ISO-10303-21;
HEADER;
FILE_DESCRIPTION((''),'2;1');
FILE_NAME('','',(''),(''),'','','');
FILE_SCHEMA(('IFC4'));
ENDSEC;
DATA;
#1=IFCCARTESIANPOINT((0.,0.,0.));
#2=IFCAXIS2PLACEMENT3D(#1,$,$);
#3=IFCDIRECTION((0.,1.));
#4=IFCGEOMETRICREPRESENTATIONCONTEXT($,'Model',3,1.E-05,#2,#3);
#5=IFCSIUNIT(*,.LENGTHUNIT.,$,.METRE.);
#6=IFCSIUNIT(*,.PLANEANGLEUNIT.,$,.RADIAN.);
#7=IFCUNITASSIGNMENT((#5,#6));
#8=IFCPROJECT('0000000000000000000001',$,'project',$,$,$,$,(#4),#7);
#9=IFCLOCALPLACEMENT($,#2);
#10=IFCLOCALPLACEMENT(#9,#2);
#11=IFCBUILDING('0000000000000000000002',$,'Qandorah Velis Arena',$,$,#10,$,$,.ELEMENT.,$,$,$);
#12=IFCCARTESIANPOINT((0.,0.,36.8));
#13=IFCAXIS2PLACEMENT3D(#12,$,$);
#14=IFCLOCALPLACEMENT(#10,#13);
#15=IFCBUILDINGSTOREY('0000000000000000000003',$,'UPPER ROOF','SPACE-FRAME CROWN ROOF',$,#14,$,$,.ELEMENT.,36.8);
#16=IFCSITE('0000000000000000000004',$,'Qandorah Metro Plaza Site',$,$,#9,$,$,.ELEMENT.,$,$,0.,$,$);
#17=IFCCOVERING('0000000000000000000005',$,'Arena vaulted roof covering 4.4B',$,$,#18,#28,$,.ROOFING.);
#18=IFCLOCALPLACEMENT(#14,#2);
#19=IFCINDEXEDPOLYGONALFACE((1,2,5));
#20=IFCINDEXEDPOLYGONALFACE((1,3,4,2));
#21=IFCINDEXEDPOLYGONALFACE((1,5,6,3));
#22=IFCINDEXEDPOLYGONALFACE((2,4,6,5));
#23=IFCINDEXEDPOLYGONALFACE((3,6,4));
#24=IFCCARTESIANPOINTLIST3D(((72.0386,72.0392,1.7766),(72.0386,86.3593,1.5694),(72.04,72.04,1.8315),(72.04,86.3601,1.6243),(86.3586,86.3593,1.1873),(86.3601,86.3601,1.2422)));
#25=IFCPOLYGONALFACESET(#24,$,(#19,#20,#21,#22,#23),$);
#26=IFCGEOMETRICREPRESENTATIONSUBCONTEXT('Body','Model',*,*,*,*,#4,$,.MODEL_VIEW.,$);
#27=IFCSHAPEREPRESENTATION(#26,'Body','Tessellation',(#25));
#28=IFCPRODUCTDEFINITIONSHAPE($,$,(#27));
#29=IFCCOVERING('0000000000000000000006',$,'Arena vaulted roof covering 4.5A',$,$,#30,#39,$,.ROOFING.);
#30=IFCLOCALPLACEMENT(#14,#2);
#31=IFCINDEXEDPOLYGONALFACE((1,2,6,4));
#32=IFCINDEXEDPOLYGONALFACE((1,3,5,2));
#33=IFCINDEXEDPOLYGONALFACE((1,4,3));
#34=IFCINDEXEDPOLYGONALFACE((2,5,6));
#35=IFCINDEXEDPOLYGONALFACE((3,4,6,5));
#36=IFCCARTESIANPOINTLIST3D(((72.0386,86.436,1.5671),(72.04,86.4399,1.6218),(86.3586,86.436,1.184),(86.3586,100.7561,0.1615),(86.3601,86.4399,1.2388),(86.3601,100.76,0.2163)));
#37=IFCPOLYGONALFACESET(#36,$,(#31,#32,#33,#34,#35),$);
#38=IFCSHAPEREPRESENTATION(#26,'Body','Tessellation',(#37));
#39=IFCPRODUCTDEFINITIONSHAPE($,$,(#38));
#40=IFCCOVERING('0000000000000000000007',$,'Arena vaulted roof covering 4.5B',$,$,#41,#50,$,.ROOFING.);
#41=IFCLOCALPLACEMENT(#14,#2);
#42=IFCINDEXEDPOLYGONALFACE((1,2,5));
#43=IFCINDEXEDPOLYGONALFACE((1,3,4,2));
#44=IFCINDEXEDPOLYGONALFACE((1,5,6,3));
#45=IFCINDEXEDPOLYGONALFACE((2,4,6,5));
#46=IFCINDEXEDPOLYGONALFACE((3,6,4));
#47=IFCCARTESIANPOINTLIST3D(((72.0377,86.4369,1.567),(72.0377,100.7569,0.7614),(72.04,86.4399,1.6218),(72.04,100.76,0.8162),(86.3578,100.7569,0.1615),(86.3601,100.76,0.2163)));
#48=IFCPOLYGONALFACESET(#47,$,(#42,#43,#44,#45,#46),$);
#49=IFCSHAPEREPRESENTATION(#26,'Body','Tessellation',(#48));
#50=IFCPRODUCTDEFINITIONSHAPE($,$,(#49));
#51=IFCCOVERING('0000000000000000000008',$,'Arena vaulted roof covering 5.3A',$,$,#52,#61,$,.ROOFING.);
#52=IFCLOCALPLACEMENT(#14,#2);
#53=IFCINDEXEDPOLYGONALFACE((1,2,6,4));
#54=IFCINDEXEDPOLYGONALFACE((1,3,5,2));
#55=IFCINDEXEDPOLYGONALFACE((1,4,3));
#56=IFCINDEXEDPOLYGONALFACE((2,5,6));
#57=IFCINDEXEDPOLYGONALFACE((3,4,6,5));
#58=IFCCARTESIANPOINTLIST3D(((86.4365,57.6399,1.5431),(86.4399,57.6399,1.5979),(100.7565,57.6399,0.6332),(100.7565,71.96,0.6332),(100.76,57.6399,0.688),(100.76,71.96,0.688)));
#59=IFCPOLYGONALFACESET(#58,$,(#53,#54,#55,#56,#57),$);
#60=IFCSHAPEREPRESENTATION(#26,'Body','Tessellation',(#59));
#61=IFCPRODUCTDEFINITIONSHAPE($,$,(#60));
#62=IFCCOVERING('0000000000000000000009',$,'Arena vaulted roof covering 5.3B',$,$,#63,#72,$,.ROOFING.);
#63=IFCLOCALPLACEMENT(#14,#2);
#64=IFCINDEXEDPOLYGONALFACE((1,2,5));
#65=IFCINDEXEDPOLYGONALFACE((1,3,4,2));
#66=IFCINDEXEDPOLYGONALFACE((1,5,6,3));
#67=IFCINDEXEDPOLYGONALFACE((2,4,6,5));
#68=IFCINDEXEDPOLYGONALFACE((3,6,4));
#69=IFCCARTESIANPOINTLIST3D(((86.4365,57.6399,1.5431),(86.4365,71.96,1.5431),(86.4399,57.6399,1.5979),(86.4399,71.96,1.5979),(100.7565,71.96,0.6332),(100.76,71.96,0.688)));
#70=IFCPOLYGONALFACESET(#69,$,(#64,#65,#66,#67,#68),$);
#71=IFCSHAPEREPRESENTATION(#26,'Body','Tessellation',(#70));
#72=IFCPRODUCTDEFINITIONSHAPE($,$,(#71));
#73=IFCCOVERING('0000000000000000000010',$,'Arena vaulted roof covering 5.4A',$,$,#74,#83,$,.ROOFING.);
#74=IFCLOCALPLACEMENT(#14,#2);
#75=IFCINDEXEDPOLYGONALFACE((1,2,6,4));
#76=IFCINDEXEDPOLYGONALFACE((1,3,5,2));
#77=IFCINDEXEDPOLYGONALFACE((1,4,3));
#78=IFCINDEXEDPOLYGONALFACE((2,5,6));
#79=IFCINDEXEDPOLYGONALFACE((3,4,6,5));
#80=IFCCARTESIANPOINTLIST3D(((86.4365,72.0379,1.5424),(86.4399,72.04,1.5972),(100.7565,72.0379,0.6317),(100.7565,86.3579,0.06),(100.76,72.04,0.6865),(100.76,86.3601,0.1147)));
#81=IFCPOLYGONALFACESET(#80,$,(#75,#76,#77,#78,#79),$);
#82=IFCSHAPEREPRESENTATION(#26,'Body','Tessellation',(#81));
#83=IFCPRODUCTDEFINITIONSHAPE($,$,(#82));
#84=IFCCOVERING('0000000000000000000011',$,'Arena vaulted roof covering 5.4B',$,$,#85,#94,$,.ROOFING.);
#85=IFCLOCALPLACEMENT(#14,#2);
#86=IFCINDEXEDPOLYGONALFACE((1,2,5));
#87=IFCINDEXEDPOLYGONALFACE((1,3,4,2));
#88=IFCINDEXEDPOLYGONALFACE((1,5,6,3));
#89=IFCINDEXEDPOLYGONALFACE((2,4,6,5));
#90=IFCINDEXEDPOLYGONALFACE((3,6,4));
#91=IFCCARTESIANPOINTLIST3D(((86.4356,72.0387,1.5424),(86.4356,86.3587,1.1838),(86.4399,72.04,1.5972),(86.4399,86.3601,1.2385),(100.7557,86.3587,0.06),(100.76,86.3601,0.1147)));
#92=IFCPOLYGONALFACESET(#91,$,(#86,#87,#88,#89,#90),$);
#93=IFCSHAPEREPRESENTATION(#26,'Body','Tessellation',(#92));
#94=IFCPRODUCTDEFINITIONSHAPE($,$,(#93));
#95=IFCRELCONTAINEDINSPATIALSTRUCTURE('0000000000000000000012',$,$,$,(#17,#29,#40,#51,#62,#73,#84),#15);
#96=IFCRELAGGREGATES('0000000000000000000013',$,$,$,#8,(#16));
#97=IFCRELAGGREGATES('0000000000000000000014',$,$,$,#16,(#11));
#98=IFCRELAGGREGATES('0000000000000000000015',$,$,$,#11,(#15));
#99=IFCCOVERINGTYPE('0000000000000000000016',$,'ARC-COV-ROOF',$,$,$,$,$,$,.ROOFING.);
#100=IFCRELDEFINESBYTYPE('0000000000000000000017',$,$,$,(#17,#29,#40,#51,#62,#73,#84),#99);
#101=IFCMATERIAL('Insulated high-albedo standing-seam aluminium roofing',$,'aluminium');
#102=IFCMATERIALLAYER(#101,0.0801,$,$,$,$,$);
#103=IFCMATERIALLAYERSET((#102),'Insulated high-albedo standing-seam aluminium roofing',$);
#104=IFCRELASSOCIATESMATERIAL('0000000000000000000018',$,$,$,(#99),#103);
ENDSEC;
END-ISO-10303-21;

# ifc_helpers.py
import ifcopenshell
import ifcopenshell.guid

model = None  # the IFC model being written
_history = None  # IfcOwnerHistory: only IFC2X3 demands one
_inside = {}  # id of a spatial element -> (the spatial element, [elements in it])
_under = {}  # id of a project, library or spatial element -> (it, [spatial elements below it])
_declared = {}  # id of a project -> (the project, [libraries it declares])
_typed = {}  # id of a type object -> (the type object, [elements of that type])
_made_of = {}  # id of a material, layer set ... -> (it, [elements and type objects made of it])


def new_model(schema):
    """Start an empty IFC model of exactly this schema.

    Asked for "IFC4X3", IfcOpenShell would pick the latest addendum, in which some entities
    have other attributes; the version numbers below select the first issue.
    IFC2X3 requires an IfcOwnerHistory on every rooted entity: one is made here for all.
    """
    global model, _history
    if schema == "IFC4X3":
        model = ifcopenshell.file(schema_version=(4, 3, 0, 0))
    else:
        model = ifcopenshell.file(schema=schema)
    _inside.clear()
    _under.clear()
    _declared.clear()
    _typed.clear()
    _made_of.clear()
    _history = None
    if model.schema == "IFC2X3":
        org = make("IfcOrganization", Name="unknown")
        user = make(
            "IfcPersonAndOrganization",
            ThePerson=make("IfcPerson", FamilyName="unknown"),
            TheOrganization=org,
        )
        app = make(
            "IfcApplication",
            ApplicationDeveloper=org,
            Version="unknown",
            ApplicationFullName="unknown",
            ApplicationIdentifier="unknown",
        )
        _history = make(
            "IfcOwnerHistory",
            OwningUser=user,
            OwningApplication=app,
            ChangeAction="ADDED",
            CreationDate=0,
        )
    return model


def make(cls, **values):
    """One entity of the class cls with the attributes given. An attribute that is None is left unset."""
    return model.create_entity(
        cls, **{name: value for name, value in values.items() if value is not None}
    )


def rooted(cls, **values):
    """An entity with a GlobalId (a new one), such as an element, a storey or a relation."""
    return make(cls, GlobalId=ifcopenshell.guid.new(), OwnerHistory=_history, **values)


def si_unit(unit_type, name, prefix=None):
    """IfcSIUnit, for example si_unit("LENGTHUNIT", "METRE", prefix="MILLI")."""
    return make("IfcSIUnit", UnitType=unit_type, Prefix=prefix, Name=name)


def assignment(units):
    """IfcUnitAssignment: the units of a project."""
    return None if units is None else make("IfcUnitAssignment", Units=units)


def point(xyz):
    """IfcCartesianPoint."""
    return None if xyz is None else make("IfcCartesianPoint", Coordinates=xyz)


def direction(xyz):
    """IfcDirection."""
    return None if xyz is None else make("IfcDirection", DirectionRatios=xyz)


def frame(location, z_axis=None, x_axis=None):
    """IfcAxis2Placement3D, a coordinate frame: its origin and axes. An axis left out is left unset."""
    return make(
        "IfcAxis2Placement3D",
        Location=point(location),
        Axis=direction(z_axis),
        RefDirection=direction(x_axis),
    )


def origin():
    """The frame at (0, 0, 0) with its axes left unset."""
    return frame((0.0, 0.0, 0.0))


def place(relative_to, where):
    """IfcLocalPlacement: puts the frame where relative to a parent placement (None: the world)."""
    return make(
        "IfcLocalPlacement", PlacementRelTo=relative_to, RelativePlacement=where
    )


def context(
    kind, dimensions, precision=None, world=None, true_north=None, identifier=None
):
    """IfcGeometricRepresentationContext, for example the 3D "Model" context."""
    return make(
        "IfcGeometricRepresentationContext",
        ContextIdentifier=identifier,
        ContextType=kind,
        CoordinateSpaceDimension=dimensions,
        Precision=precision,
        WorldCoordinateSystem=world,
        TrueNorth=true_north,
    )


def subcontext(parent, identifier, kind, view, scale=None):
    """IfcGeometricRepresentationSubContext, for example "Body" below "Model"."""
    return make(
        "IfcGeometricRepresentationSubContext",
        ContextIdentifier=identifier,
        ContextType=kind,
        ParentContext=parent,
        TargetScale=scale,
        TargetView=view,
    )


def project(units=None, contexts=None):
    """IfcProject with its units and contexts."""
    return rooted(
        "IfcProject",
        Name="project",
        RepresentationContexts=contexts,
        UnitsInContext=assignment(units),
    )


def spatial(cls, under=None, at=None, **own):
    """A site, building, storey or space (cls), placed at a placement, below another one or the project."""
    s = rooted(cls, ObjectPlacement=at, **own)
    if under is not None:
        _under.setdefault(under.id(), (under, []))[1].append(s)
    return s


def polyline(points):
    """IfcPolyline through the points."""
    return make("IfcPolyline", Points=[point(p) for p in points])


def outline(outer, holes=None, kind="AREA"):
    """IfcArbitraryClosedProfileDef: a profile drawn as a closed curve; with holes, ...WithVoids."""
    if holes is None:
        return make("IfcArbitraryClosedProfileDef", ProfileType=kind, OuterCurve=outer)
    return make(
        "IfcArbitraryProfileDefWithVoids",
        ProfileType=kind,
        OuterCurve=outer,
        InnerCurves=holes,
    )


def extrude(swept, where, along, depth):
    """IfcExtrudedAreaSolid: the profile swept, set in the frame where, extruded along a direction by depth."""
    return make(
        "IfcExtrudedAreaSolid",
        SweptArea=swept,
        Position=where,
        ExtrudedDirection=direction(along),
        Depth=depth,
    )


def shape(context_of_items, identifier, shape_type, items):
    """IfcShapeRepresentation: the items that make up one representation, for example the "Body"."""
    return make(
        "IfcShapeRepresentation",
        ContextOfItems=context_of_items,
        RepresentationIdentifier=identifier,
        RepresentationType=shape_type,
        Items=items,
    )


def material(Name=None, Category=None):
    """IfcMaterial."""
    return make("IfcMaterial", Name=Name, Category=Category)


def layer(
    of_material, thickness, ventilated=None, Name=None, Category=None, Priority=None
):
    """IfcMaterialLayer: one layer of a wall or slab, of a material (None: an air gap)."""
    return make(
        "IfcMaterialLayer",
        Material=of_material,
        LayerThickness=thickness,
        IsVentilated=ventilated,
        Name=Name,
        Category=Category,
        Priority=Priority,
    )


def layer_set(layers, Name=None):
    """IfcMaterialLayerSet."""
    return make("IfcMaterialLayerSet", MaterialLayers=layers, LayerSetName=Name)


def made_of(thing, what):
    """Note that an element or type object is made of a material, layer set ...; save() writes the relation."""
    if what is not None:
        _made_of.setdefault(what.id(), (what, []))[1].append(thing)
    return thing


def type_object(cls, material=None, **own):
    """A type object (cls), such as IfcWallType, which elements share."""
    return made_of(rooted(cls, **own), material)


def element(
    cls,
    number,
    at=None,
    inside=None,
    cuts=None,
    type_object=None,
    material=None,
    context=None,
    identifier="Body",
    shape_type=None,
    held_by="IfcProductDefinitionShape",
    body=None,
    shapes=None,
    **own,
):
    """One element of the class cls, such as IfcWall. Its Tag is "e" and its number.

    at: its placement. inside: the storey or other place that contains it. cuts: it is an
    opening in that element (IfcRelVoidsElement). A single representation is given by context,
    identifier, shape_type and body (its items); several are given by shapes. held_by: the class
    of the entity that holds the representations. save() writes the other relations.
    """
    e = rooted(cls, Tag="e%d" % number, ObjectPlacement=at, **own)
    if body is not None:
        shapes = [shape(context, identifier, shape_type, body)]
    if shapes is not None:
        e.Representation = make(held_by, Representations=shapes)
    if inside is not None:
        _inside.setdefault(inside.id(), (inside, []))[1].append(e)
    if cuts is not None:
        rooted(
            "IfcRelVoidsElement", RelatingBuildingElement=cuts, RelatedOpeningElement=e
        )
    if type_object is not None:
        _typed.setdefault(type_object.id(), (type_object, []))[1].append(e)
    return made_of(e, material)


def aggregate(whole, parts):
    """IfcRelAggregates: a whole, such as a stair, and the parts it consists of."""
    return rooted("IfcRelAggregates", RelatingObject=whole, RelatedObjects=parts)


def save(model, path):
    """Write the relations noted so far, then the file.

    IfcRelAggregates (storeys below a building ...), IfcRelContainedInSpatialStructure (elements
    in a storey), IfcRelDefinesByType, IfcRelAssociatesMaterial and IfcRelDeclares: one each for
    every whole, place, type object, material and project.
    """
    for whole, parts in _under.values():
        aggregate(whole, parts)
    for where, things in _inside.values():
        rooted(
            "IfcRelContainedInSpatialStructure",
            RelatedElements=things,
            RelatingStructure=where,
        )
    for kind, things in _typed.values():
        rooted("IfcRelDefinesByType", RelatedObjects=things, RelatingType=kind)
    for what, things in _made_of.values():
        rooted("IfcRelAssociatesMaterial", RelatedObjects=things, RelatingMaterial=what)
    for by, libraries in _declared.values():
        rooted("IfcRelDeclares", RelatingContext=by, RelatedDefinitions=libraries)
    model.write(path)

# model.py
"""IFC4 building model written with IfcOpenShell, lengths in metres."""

from ifc_helpers import new_model, si_unit, direction, frame, origin, place, context, subcontext, project, spatial, polyline, outline, extrude, material, layer, layer_set, type_object, element, save


model = new_model("IFC4")

# Units and contexts
model_context = context("Model", 3, precision=1e-05, world=origin(), true_north=direction((0.0, 1.0)))
body_context = subcontext(model_context, "Body", "Model", "MODEL_VIEW")
ifc_project = project(units=[si_unit("LENGTHUNIT", "METRE"), si_unit("PLANEANGLEUNIT", "RADIAN")], contexts=[model_context])

# Site, building, storey
site_placement = place(None, origin())
site = spatial("IfcSite", under=ifc_project, at=site_placement, Name="Qandorah Metro Plaza Site", CompositionType="ELEMENT", RefElevation=0.0)
building_placement = place(site_placement, origin())
building = spatial("IfcBuilding", under=site, at=building_placement, Name="Qandorah Velis Arena", CompositionType="ELEMENT")
storey_placement = place(building_placement, frame((0.0, 0.0, 36.8)))
storey = spatial("IfcBuildingStorey", under=building, at=storey_placement, Name="UPPER ROOF", Description="SPACE-FRAME CROWN ROOF", CompositionType="ELEMENT", Elevation=36.8)

# Coverings
ifc_material_1 = material(Name="Insulated high-albedo standing-seam aluminium roofing", Category="aluminium")
ifc_layer_1 = layer(ifc_material_1, 0.0801)
ifc_layer_set_1 = layer_set([ifc_layer_1], Name="Insulated high-albedo standing-seam aluminium roofing")
covering_type = type_object("IfcCoveringType", Name="ARC-COV-ROOF", PredefinedType="ROOFING", material=ifc_layer_set_1)
covering_1_placement = place(storey_placement, frame((72.04, 72.04, 1.8315), z_axis=(0.026669, 0.014468, 0.99954), x_axis=(0.706808, 0.706808, -0.029089)))
element("IfcCovering", 1, at=covering_1_placement, inside=storey, type_object=covering_type, Name="Arena vaulted roof covering 4.4B", PredefinedType="ROOFING", context=body_context, shape_type="SweptSolid", body=[
    extrude(outline(polyline([(0.0, 0.0), (20.2602, 0.0), (10.1276, 10.1262), (0.0, 0.0)])), origin(), (0.0, 0.0, -1.0), 0.0549),
])
covering_2_placement = place(storey_placement, frame((72.04, 86.4399, 1.6218), z_axis=(0.026672, 0.071194, 0.997106), x_axis=(0.999642, 0.0, -0.02674)))
element("IfcCovering", 2, at=covering_2_placement, inside=storey, type_object=covering_type, Name="Arena vaulted roof covering 4.5A", PredefinedType="ROOFING", context=body_context, shape_type="SweptSolid", body=[
    extrude(outline(polyline([(0.0, 0.0), (14.3252, 0.0), (14.3525, 14.3565), (0.0, 0.0)])), origin(), (0.0, 0.0, -1.0), 0.0549),
])
covering_3_placement = place(storey_placement, frame((72.04, 86.4399, 1.6218), z_axis=(0.041786, 0.056123, 0.997549), x_axis=(0.70541, 0.70541, -0.069236)))
element("IfcCovering", 3, at=covering_3_placement, inside=storey, type_object=covering_type, Name="Arena vaulted roof covering 4.5B", PredefinedType="ROOFING", context=body_context, shape_type="SweptSolid", body=[
    extrude(outline(polyline([(0.0, 0.0), (20.3003, 0.0), (10.1573, 10.1263), (0.0, 0.0)])), origin(), (0.0, 0.0, -1.0), 0.0549),
])
covering_4_placement = place(storey_placement, frame((86.4399, 57.6399, 1.5979), z_axis=(0.063413, 0.0, 0.997987), x_axis=(0.997987, 0.0, -0.063413)))
element("IfcCovering", 4, at=covering_4_placement, inside=storey, type_object=covering_type, Name="Arena vaulted roof covering 5.3A", PredefinedType="ROOFING", context=body_context, shape_type="SweptSolid", body=[
    extrude(outline(polyline([(0.0, 0.0), (14.3489, 0.0), (14.3489, 14.3201), (0.0, 0.0)])), origin(), (0.0, 0.0, -1.0), 0.0549),
])
covering_5_placement = place(storey_placement, frame((86.4399, 57.6399, 1.5979), z_axis=(0.063413, 0.0, 0.997987), x_axis=(0.706394, 0.706394, -0.044885)))
element("IfcCovering", 5, at=covering_5_placement, inside=storey, type_object=covering_type, Name="Arena vaulted roof covering 5.3B", PredefinedType="ROOFING", context=body_context, shape_type="SweptSolid", body=[
    extrude(outline(polyline([(0.0, 0.0), (20.2721, 0.0), (10.1156, 10.136), (0.0, 0.0)])), origin(), (0.0, 0.0, -1.0), 0.0549),
])
covering_6_placement = place(storey_placement, frame((86.4399, 72.04, 1.5972), z_axis=(0.063414, 0.039816, 0.997193), x_axis=(0.997984, 0.0, -0.063464)))
element("IfcCovering", 6, at=covering_6_placement, inside=storey, type_object=covering_type, Name="Arena vaulted roof covering 5.4A", PredefinedType="ROOFING", context=body_context, shape_type="SweptSolid", body=[
    extrude(outline(polyline([(0.0, 0.0), (14.349, 0.0), (14.3853, 14.3314), (0.0, 0.0)])), origin(), (0.0, 0.0, -1.0), 0.0549),
])
covering_7_placement = place(storey_placement, frame((86.4399, 72.04, 1.5972), z_axis=(0.078211, 0.02496, 0.996624), x_axis=(0.70522, 0.70522, -0.073005)))
element("IfcCovering", 7, at=covering_7_placement, inside=storey, type_object=covering_type, Name="Arena vaulted roof covering 5.4B", PredefinedType="ROOFING", context=body_context, shape_type="SweptSolid", body=[
    extrude(outline(polyline([(0.0, 0.0), (20.3058, 0.0), (10.125, 10.133), (0.0, 0.0)])), origin(), (0.0, 0.0, -1.0), 0.0549),
])

save(model, "model.ifc")
